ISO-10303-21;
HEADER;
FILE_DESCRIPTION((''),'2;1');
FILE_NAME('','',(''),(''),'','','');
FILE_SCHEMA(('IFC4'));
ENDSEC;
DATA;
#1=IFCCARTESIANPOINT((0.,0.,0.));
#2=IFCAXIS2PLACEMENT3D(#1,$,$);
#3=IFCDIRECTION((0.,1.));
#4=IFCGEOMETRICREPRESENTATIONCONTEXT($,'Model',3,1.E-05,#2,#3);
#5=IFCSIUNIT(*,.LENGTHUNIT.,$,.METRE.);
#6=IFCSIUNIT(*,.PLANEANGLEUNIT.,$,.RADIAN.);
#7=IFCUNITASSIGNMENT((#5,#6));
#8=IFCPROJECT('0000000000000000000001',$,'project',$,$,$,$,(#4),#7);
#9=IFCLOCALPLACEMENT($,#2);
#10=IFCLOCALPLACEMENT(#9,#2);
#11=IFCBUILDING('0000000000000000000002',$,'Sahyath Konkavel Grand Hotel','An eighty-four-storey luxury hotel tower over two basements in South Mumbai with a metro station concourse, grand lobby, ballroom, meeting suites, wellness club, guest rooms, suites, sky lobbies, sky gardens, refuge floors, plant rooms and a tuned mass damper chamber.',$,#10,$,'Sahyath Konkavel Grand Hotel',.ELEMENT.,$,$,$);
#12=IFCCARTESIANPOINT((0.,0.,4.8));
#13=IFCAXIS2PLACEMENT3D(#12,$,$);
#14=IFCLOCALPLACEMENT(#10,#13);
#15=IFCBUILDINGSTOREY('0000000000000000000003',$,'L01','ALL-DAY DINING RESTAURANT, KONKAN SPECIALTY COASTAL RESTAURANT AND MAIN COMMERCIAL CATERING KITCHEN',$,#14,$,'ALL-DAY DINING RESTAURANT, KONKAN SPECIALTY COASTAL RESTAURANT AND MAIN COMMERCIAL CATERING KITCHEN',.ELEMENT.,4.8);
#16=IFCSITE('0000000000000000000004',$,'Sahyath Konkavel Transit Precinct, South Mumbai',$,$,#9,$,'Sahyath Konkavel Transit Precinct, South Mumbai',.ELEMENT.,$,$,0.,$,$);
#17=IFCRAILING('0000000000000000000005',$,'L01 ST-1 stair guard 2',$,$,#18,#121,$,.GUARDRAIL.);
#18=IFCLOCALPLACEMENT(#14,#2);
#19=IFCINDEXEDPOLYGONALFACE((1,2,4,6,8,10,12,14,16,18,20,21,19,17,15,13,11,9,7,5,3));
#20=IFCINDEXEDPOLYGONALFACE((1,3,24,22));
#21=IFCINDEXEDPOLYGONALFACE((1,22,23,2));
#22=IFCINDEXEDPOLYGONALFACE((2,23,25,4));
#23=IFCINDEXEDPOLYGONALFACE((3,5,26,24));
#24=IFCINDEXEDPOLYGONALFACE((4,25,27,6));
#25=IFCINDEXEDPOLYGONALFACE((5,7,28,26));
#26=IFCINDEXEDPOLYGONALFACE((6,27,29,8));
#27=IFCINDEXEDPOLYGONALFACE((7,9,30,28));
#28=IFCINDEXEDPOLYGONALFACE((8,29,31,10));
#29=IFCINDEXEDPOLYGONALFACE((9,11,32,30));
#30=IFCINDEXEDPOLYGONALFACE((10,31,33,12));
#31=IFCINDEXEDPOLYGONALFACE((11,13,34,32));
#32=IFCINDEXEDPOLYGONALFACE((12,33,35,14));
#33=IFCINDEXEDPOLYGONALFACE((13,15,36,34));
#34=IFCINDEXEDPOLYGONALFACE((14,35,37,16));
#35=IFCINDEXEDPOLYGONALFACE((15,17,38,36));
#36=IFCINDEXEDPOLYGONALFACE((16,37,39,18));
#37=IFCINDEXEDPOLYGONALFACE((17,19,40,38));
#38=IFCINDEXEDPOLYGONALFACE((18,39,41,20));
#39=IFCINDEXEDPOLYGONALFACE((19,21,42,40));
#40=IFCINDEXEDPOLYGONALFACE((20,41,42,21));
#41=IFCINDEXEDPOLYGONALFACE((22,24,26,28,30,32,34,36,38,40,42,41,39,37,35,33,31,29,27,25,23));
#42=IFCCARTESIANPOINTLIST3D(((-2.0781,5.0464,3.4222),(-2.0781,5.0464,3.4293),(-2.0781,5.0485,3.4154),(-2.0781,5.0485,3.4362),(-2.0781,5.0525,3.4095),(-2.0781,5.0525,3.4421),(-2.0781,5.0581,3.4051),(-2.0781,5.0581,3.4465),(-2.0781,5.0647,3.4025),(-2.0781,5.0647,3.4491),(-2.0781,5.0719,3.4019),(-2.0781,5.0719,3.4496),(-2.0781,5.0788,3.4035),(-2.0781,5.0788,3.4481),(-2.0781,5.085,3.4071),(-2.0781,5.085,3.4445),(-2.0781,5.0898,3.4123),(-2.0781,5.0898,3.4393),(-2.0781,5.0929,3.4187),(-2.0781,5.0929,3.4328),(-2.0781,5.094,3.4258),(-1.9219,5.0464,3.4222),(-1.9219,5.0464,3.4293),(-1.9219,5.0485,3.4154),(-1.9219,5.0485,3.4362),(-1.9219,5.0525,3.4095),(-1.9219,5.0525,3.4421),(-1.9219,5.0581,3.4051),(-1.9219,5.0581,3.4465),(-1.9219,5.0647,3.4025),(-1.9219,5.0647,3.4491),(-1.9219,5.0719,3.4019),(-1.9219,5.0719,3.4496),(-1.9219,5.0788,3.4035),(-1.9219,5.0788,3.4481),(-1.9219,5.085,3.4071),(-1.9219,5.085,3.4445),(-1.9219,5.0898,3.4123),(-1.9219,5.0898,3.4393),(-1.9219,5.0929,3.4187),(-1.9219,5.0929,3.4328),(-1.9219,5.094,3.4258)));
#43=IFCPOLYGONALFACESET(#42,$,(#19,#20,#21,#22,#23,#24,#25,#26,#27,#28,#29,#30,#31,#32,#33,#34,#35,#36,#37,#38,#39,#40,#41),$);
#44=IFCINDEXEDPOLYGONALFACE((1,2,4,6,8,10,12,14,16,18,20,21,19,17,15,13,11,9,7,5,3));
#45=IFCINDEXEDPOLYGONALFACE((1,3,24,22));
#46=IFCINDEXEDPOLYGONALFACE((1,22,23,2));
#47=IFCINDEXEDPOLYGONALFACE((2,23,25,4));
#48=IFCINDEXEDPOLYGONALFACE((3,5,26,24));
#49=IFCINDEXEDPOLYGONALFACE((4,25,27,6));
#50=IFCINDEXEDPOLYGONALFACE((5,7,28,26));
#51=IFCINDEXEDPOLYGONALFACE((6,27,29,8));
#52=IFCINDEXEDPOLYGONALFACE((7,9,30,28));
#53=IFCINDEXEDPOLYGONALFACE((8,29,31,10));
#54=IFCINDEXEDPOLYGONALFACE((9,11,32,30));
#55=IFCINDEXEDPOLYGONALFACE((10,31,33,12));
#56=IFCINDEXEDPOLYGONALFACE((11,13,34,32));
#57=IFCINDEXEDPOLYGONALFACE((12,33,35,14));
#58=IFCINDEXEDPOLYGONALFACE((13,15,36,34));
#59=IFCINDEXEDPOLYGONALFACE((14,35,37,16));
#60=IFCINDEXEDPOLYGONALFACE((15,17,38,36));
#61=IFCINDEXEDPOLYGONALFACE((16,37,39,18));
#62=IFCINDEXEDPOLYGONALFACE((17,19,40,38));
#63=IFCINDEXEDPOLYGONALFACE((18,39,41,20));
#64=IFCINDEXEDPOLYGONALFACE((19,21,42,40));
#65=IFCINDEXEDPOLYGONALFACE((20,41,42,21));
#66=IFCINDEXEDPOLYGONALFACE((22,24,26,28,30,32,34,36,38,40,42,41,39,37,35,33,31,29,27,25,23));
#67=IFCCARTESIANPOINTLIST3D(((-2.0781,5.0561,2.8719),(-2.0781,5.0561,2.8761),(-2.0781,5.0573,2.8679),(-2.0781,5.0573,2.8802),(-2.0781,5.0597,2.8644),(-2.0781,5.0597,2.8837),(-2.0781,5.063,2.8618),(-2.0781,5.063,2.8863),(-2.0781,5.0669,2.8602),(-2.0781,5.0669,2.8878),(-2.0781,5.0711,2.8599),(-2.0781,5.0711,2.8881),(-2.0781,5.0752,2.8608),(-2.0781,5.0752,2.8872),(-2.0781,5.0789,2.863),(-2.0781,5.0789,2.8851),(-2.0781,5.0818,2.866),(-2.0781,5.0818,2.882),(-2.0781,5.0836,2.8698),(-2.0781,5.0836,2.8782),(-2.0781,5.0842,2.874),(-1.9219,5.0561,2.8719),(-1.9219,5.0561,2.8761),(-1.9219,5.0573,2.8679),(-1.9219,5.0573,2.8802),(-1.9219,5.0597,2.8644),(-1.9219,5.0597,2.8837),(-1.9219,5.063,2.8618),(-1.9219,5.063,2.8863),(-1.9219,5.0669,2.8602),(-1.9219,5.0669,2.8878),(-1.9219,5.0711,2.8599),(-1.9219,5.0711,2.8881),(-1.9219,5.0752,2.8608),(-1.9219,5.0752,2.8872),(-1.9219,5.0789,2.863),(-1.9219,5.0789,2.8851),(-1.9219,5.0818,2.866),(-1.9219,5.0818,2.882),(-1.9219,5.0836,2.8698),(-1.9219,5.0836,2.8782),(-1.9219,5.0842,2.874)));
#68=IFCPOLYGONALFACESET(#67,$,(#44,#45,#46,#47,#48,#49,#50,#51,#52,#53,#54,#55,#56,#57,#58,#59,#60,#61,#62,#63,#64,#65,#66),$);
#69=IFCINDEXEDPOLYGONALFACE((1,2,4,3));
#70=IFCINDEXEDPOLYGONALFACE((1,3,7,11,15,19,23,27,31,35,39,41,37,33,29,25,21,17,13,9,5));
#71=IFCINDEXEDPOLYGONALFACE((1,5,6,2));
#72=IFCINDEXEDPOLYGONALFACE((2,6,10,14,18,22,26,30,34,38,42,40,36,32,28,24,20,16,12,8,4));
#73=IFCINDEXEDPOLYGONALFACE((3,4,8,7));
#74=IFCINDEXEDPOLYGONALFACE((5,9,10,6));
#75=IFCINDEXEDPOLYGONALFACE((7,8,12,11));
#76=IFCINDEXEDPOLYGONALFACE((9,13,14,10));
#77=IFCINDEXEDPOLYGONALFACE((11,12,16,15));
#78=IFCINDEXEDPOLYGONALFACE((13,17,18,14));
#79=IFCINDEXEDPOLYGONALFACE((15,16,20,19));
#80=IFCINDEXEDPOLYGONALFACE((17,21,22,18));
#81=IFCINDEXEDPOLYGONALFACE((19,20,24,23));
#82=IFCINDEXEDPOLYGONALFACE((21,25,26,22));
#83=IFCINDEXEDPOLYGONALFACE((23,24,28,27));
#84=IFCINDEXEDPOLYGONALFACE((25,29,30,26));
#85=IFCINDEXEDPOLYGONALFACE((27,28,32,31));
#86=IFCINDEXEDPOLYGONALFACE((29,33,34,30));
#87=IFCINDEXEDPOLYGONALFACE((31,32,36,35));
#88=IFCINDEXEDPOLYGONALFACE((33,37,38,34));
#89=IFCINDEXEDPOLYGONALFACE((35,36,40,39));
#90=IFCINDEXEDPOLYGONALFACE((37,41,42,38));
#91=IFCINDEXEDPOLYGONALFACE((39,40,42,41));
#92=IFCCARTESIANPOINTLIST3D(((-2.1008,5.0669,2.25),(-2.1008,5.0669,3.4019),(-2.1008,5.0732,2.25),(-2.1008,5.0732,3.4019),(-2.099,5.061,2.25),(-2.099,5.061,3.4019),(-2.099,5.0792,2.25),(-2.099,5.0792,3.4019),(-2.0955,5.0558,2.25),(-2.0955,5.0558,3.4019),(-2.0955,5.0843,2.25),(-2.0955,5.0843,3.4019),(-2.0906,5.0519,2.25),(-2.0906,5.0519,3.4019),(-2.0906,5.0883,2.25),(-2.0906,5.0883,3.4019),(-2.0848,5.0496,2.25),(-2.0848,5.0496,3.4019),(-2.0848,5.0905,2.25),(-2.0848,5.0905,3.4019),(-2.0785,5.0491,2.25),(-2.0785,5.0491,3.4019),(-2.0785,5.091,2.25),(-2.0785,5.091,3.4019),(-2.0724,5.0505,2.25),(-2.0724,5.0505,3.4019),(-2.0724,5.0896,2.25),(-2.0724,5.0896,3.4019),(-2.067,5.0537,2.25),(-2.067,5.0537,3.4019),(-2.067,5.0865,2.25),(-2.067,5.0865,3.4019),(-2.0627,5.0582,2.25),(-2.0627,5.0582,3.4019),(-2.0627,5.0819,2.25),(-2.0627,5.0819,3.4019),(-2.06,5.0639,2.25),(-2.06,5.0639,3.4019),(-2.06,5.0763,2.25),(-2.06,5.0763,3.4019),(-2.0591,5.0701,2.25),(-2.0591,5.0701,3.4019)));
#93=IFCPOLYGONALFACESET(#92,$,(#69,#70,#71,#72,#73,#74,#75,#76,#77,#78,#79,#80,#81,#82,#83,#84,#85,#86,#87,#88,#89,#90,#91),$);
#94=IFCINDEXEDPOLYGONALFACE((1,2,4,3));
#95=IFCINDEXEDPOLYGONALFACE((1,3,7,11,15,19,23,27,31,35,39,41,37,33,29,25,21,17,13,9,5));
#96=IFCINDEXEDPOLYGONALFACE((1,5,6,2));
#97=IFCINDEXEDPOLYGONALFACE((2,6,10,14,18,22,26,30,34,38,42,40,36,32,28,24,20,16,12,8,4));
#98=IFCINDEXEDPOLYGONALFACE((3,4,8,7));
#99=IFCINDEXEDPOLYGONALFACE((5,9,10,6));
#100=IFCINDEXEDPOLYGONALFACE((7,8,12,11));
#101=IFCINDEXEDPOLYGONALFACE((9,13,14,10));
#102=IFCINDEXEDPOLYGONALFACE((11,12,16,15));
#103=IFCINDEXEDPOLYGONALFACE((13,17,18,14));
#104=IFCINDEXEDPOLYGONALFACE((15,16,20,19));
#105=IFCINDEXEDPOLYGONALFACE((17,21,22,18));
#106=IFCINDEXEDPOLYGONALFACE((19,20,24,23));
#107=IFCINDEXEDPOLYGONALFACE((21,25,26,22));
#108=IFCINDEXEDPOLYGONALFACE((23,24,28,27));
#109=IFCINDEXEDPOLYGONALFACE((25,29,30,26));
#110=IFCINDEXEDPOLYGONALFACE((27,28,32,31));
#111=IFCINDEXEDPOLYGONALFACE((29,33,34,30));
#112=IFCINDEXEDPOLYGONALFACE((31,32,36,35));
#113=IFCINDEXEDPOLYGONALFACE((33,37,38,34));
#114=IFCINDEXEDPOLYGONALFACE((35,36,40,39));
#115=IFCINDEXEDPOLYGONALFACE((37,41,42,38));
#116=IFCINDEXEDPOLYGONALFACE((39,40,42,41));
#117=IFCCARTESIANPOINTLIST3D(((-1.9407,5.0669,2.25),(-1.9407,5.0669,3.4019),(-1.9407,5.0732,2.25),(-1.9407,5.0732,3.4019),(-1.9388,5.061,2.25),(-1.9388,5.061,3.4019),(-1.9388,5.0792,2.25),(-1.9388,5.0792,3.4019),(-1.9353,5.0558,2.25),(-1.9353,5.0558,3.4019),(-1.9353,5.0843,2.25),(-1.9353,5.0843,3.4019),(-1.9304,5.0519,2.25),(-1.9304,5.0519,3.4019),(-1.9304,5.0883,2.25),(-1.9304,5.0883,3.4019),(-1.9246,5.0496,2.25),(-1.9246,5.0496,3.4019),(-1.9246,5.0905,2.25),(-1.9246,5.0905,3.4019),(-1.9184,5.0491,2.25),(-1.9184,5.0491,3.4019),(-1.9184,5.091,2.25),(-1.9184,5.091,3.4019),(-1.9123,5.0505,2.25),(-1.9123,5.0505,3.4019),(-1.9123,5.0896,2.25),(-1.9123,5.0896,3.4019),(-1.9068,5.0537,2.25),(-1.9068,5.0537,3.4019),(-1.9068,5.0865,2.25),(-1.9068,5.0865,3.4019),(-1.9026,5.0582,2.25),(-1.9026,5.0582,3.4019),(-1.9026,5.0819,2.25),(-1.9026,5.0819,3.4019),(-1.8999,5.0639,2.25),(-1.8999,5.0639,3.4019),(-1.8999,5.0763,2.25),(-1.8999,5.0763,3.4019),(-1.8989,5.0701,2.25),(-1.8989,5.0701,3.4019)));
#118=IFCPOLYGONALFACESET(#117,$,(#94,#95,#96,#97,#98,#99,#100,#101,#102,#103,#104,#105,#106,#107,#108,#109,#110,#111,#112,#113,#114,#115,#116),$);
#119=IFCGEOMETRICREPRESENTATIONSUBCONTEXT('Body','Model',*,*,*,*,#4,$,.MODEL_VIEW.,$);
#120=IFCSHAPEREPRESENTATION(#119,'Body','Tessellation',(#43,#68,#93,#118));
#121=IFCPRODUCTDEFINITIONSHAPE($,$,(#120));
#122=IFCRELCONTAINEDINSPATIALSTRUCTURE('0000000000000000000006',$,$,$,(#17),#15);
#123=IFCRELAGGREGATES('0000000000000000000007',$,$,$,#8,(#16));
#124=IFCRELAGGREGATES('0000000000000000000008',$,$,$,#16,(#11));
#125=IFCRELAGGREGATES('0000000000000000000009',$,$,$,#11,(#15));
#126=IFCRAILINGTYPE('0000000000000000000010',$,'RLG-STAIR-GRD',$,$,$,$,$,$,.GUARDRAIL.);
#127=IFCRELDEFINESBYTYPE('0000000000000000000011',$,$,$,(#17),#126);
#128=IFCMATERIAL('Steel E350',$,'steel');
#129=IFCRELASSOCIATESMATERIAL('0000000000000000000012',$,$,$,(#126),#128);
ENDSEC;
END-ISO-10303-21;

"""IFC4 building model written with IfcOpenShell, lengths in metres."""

from ifc_helpers import new_model, si_unit, direction, frame, origin, origin_2d, place, context, subcontext, project, spatial, circle, extrude, material, type_object, element, save


model = new_model("IFC4")

# Units and contexts
model_context = context("Model", 3, precision=1e-05, world=origin(), true_north=direction((0.0, 1.0)))
body_context = subcontext(model_context, "Body", "Model", "MODEL_VIEW")
ifc_project = project(units=[si_unit("LENGTHUNIT", "METRE"), si_unit("PLANEANGLEUNIT", "RADIAN")], contexts=[model_context])

# Site, building, storey
site_placement = place(None, origin())
site = spatial("IfcSite", under=ifc_project, at=site_placement, Name="Sahyath Konkavel Transit Precinct, South Mumbai", LongName="Sahyath Konkavel Transit Precinct, South Mumbai", CompositionType="ELEMENT", RefElevation=0.0)
building_placement = place(site_placement, origin())
building = spatial("IfcBuilding", under=site, at=building_placement, Name="Sahyath Konkavel Grand Hotel", Description="An eighty-four-storey luxury hotel tower over two basements in South Mumbai with a metro station concourse, grand lobby, ballroom, meeting suites, wellness club, guest rooms, suites, sky lobbies, sky gardens, refuge floors, plant rooms and a tuned mass damper chamber.", LongName="Sahyath Konkavel Grand Hotel", CompositionType="ELEMENT")
storey_placement = place(building_placement, frame((0.0, 0.0, 4.8)))
storey = spatial("IfcBuildingStorey", under=building, at=storey_placement, Name="L01", Description="ALL-DAY DINING RESTAURANT, KONKAN SPECIALTY COASTAL RESTAURANT AND MAIN COMMERCIAL CATERING KITCHEN", LongName="ALL-DAY DINING RESTAURANT, KONKAN SPECIALTY COASTAL RESTAURANT AND MAIN COMMERCIAL CATERING KITCHEN", CompositionType="ELEMENT", Elevation=4.8)

# Shared definitions
ifc_material_1 = material(Name="Steel E350", Category="steel")

# Railing
railing_type_1 = type_object("IfcRailingType", Name="RLG-STAIR-GRD", PredefinedType="GUARDRAIL", material=ifc_material_1)
railing_1_placement = place(storey_placement, frame((-2.0801, 5.0701, 2.25)))
element("IfcRailing", 1, at=railing_1_placement, inside=storey, type_object=railing_type_1, Name="L01 ST-1 stair guard 2", PredefinedType="GUARDRAIL", context=body_context, shape_type="SweptSolid", body=[
    extrude(circle(Radius=0.0239, at=origin_2d()), frame((0.002, 0.0, 1.1758), z_axis=(1.0, 0.0, 0.0), x_axis=(0.0, 1.0, 0.0)), (0.0, 0.0, 1.0), 0.1562),
    extrude(circle(Radius=0.0142, at=origin_2d()), frame((0.002, 0.0, 0.624), z_axis=(1.0, 0.0, 0.0), x_axis=(0.0, 1.0, 0.0)), (0.0, 0.0, 1.0), 0.1562),
    extrude(circle(Radius=0.021, at=origin_2d()), origin(), (0.0, 0.0, 1.0), 1.1519),
    extrude(circle(Radius=0.021, at=origin_2d()), frame((0.1602, 0.0, 0.0)), (0.0, 0.0, 1.0), 1.1519),
])

save(model, "model.ifc")
